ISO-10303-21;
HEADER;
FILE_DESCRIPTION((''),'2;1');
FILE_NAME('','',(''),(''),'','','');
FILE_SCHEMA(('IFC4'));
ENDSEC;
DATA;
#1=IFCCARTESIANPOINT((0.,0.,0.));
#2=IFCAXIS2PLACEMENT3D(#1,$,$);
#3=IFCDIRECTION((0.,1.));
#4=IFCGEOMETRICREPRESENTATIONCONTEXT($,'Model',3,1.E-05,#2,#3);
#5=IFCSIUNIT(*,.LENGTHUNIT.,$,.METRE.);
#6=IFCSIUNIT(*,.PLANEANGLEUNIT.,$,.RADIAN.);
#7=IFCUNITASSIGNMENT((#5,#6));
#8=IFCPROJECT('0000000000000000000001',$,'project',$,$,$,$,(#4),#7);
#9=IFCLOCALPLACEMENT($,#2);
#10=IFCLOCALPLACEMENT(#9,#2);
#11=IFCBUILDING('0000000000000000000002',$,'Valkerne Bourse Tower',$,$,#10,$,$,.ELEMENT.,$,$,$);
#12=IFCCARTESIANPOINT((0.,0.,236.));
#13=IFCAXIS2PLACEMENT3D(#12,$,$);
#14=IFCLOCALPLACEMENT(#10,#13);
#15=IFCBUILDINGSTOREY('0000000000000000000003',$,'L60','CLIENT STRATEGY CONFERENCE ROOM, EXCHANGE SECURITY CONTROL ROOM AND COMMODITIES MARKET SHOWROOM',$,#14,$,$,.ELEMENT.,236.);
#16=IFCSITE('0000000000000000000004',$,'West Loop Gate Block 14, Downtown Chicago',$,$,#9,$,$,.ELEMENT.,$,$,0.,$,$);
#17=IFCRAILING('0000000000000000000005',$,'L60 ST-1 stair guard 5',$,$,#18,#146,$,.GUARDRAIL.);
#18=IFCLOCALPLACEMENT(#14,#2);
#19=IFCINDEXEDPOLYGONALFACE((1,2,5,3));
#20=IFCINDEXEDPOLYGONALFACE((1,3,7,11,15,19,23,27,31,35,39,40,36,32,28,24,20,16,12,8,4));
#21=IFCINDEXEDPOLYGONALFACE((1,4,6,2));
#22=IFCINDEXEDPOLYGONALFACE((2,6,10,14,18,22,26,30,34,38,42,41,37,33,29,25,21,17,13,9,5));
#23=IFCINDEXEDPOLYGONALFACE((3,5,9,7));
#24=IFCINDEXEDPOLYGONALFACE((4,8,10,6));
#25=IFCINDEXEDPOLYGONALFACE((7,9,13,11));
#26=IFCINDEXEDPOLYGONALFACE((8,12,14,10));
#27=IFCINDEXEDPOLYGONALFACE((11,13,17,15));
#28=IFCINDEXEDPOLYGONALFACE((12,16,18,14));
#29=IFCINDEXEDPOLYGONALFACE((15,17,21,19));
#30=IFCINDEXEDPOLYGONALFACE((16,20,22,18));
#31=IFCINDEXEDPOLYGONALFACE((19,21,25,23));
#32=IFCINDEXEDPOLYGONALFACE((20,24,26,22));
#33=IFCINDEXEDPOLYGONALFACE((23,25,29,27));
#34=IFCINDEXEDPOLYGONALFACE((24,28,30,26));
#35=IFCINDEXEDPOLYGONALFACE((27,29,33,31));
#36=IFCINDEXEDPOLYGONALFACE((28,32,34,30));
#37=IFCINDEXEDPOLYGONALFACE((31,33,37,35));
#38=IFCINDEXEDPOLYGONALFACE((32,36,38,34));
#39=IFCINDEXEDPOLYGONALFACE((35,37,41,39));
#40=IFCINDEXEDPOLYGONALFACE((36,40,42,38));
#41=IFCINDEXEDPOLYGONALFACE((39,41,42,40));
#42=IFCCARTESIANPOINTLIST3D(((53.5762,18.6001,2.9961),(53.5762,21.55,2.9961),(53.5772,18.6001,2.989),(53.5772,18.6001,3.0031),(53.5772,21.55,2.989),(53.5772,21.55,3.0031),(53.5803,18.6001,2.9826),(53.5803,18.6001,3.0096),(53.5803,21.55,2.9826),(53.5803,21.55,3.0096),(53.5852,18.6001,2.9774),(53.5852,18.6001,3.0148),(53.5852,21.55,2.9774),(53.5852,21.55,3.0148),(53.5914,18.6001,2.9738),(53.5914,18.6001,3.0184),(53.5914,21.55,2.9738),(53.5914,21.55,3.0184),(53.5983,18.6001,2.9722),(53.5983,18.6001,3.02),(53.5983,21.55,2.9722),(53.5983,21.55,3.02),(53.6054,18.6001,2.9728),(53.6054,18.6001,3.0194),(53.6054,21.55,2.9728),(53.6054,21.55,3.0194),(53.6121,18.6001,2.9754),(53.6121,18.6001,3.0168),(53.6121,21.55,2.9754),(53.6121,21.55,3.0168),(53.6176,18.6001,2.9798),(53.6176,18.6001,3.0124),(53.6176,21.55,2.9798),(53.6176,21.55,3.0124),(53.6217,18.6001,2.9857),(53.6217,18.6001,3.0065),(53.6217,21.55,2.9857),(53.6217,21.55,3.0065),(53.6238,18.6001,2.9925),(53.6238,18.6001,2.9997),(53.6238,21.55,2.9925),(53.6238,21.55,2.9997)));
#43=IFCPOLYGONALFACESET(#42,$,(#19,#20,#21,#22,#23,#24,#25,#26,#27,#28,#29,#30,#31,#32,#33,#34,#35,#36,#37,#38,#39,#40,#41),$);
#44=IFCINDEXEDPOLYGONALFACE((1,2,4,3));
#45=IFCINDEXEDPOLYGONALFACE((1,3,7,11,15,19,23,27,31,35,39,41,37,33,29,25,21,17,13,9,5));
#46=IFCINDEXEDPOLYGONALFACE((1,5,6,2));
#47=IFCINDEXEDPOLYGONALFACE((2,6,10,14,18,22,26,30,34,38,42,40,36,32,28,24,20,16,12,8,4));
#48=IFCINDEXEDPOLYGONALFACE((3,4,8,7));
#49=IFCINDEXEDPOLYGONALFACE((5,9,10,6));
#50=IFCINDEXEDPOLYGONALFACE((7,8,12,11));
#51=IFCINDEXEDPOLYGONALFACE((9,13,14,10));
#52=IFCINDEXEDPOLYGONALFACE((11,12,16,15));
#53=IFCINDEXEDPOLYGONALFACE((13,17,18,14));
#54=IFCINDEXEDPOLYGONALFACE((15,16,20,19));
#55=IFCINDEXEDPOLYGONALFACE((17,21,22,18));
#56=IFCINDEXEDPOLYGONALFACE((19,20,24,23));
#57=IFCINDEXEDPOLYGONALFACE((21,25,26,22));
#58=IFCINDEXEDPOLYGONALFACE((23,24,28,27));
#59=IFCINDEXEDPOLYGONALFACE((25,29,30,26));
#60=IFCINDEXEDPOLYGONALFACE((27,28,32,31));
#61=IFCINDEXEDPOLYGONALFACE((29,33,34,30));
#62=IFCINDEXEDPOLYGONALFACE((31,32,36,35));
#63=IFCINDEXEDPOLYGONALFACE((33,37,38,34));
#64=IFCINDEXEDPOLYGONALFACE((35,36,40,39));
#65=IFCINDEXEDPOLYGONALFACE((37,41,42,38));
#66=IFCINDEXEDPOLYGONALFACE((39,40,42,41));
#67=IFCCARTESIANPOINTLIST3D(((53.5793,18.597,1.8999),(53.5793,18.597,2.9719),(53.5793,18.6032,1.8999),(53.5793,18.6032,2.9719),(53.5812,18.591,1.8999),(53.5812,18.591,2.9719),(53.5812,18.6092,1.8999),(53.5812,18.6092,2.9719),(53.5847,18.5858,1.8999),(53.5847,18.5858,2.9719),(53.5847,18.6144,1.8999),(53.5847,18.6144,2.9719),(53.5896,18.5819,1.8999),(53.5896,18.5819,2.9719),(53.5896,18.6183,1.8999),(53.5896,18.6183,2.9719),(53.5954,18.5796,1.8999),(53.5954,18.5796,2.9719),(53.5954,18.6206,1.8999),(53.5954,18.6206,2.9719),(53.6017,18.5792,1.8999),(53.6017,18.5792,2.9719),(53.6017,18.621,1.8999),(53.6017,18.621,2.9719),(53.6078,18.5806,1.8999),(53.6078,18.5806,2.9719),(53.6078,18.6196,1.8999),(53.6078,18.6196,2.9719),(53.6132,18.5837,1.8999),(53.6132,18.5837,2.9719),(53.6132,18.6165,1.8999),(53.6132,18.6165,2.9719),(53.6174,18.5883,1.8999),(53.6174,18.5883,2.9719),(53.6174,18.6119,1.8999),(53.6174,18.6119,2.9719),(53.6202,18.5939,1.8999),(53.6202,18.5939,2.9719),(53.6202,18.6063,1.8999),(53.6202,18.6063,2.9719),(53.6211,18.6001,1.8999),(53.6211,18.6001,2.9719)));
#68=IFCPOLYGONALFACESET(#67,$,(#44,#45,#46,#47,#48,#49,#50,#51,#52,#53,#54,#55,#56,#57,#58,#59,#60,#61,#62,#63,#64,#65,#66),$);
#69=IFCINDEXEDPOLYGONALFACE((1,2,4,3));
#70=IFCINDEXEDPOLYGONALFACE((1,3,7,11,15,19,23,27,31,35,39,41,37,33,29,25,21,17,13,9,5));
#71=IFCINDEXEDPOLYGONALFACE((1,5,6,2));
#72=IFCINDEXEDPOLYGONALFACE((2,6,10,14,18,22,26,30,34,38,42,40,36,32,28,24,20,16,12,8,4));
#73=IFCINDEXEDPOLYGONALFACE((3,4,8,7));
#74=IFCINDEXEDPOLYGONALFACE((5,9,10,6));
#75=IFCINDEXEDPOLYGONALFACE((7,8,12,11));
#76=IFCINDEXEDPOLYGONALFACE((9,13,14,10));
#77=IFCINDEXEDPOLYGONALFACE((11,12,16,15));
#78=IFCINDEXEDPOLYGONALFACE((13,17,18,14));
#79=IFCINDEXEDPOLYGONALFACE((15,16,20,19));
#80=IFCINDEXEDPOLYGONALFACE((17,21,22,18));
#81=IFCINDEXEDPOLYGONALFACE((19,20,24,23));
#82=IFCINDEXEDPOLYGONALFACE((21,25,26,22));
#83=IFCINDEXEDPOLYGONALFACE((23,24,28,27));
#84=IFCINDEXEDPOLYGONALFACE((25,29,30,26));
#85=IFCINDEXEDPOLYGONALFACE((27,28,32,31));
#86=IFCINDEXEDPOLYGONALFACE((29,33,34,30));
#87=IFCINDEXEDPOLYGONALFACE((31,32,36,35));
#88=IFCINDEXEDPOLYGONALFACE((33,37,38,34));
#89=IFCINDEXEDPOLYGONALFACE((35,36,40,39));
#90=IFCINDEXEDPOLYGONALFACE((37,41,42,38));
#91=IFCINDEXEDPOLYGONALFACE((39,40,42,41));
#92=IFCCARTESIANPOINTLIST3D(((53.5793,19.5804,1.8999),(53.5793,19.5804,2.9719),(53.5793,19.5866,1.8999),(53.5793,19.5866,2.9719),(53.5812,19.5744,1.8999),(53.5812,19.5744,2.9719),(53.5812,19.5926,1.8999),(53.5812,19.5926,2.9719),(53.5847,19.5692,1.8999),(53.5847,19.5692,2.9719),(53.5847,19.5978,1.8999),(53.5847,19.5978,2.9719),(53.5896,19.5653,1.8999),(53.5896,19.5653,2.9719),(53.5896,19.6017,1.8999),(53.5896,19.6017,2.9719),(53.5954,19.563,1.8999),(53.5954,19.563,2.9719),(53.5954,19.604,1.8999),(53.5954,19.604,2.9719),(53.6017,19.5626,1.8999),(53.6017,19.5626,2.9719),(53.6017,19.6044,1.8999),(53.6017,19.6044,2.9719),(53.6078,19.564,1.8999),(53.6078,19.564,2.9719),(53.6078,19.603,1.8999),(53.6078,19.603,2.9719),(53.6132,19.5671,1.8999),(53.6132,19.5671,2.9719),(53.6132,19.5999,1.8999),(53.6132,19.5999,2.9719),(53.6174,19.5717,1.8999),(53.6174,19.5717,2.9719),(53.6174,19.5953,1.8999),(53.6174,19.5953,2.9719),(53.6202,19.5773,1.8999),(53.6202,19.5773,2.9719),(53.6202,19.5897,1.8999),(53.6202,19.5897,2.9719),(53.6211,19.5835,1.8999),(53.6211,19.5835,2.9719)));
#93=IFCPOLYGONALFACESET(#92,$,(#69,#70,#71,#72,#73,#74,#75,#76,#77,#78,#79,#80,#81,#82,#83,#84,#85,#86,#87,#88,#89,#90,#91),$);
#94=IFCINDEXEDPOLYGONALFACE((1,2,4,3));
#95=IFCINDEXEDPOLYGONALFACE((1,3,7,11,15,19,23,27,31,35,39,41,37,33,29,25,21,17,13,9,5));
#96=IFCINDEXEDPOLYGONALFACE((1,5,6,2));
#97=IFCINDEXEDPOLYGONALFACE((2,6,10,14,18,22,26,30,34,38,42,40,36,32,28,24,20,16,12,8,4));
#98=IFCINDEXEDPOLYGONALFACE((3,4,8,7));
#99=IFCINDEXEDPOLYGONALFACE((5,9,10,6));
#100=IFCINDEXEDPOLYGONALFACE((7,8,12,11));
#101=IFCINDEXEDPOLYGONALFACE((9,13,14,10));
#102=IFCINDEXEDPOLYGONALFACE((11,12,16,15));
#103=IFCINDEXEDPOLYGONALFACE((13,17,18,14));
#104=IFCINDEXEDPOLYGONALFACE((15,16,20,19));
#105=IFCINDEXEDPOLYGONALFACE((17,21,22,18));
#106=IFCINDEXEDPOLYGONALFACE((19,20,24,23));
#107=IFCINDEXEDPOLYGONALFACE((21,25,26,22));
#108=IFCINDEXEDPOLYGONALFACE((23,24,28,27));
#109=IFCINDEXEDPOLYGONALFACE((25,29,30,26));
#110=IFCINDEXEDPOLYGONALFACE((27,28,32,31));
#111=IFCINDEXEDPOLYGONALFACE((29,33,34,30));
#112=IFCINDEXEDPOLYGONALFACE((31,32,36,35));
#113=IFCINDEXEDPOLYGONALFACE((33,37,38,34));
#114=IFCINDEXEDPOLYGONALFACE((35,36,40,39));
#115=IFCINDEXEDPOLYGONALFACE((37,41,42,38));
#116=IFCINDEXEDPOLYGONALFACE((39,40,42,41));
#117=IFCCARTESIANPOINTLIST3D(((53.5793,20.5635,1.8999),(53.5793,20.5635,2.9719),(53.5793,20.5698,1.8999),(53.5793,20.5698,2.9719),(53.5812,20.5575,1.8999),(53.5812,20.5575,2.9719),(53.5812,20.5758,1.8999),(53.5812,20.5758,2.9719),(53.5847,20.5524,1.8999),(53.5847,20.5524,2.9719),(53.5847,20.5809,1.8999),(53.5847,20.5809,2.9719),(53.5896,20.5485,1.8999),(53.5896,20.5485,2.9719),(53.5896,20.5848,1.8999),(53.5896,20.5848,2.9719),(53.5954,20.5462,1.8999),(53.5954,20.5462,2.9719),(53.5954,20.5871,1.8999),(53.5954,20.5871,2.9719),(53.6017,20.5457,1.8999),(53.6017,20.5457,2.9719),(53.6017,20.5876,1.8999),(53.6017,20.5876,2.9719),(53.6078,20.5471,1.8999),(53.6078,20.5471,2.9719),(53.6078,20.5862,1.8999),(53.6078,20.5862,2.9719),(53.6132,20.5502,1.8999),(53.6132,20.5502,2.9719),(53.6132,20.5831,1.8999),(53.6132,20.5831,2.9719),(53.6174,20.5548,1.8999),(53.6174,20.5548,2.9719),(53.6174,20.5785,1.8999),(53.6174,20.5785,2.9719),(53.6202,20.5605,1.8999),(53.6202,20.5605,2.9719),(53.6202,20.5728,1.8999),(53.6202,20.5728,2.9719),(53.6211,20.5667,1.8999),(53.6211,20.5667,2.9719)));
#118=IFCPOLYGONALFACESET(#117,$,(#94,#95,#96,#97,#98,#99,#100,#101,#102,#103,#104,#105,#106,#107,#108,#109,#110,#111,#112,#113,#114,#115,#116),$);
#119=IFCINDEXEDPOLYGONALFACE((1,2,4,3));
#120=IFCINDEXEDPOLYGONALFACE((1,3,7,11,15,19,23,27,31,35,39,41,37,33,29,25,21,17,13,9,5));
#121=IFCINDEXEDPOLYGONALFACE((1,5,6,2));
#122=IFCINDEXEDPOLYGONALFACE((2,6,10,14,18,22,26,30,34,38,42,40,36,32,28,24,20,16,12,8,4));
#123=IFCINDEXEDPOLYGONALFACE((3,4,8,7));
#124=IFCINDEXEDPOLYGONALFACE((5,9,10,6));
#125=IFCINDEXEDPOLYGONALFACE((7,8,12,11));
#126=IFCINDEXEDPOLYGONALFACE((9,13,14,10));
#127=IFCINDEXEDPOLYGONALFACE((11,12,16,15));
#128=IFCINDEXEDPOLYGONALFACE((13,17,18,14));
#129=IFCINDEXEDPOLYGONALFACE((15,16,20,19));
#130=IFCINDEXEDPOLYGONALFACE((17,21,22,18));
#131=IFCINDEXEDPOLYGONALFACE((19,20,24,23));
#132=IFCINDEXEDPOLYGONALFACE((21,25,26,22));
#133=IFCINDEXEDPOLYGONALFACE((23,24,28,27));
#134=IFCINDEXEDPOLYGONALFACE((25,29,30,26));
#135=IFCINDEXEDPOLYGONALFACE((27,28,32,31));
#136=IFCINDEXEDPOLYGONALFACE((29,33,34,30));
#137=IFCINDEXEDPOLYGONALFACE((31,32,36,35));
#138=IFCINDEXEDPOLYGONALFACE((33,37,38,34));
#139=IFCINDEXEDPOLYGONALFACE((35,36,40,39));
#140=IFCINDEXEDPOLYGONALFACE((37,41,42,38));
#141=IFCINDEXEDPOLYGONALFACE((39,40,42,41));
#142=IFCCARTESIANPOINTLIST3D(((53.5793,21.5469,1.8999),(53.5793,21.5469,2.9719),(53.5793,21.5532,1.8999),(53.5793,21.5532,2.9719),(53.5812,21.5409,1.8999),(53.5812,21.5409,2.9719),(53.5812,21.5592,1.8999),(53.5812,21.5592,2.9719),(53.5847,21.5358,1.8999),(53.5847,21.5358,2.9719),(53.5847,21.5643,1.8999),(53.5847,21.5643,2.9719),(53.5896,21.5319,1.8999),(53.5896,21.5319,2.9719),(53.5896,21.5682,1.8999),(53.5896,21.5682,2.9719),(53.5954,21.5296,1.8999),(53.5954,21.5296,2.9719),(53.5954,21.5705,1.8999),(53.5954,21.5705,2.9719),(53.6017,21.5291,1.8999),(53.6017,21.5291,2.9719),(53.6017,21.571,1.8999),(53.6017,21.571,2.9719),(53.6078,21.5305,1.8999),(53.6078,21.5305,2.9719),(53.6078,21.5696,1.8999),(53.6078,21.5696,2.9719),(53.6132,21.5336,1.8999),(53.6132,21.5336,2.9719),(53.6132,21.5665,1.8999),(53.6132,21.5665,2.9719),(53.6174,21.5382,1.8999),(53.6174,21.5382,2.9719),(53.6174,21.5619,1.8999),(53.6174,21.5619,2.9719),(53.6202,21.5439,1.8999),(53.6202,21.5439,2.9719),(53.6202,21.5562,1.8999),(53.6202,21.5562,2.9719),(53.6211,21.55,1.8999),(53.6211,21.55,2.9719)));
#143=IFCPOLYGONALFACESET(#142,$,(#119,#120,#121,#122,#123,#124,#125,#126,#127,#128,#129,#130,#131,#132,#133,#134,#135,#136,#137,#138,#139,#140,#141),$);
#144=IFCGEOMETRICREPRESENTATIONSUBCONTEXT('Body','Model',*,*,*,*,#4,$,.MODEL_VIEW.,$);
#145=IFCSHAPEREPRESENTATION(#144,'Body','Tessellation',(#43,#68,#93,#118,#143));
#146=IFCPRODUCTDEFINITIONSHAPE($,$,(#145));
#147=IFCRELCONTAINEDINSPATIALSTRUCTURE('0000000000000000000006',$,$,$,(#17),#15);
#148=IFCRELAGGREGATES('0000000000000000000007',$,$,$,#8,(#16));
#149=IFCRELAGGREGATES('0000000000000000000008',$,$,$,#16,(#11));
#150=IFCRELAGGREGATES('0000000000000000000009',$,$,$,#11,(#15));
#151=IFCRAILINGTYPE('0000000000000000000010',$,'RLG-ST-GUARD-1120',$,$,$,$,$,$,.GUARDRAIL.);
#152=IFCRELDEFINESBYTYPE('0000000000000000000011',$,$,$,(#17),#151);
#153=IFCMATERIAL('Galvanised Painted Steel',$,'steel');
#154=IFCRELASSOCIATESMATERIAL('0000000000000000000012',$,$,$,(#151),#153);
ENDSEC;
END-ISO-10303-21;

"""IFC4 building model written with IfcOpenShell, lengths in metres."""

from ifc_helpers import new_model, si_unit, direction, frame, origin, origin_2d, place, context, subcontext, project, spatial, circle, extrude, material, type_object, element, save


model = new_model("IFC4")

# Units and contexts
model_context = context("Model", 3, precision=1e-05, world=origin(), true_north=direction((0.0, 1.0)))
body_context = subcontext(model_context, "Body", "Model", "MODEL_VIEW")
ifc_project = project(units=[si_unit("LENGTHUNIT", "METRE"), si_unit("PLANEANGLEUNIT", "RADIAN")], contexts=[model_context])

# Site, building, storey
site_placement = place(None, origin())
site = spatial("IfcSite", under=ifc_project, at=site_placement, Name="West Loop Gate Block 14, Downtown Chicago", CompositionType="ELEMENT", RefElevation=0.0)
building_placement = place(site_placement, origin())
building = spatial("IfcBuilding", under=site, at=building_placement, Name="Valkerne Bourse Tower", CompositionType="ELEMENT")
storey_placement = place(building_placement, frame((0.0, 0.0, 236.0)))
storey = spatial("IfcBuildingStorey", under=building, at=storey_placement, Name="L60", Description="CLIENT STRATEGY CONFERENCE ROOM, EXCHANGE SECURITY CONTROL ROOM AND COMMODITIES MARKET SHOWROOM", CompositionType="ELEMENT", Elevation=236.0)

# Railing
ifc_material_1 = material(Name="Galvanised Painted Steel", Category="steel")
railing_type = type_object("IfcRailingType", Name="RLG-ST-GUARD-1120", PredefinedType="GUARDRAIL", material=ifc_material_1)
railing_1_placement = place(storey_placement, frame((53.6001, 18.6001, 1.8999)))
element("IfcRailing", 1, at=railing_1_placement, inside=storey, type_object=railing_type, Name="L60 ST-1 stair guard 5", PredefinedType="GUARDRAIL", context=body_context, shape_type="SweptSolid", body=[
    extrude(circle(Radius=0.0239, at=origin_2d()), frame((0.0, 0.0, 1.0962), z_axis=(0.0, 1.0, 0.0), x_axis=(-1.0, 0.0, 0.0)), (0.0, 0.0, 1.0), 2.95),
    extrude(circle(Radius=0.021, at=origin_2d()), origin(), (0.0, 0.0, 1.0), 1.072),
    extrude(circle(Radius=0.021, at=origin_2d()), frame((0.0, 0.9834, 0.0)), (0.0, 0.0, 1.0), 1.072),
    extrude(circle(Radius=0.021, at=origin_2d()), frame((0.0, 1.9666, 0.0)), (0.0, 0.0, 1.0), 1.072),
    extrude(circle(Radius=0.021, at=origin_2d()), frame((0.0, 2.95, 0.0)), (0.0, 0.0, 1.0), 1.072),
])

save(model, "model.ifc")
